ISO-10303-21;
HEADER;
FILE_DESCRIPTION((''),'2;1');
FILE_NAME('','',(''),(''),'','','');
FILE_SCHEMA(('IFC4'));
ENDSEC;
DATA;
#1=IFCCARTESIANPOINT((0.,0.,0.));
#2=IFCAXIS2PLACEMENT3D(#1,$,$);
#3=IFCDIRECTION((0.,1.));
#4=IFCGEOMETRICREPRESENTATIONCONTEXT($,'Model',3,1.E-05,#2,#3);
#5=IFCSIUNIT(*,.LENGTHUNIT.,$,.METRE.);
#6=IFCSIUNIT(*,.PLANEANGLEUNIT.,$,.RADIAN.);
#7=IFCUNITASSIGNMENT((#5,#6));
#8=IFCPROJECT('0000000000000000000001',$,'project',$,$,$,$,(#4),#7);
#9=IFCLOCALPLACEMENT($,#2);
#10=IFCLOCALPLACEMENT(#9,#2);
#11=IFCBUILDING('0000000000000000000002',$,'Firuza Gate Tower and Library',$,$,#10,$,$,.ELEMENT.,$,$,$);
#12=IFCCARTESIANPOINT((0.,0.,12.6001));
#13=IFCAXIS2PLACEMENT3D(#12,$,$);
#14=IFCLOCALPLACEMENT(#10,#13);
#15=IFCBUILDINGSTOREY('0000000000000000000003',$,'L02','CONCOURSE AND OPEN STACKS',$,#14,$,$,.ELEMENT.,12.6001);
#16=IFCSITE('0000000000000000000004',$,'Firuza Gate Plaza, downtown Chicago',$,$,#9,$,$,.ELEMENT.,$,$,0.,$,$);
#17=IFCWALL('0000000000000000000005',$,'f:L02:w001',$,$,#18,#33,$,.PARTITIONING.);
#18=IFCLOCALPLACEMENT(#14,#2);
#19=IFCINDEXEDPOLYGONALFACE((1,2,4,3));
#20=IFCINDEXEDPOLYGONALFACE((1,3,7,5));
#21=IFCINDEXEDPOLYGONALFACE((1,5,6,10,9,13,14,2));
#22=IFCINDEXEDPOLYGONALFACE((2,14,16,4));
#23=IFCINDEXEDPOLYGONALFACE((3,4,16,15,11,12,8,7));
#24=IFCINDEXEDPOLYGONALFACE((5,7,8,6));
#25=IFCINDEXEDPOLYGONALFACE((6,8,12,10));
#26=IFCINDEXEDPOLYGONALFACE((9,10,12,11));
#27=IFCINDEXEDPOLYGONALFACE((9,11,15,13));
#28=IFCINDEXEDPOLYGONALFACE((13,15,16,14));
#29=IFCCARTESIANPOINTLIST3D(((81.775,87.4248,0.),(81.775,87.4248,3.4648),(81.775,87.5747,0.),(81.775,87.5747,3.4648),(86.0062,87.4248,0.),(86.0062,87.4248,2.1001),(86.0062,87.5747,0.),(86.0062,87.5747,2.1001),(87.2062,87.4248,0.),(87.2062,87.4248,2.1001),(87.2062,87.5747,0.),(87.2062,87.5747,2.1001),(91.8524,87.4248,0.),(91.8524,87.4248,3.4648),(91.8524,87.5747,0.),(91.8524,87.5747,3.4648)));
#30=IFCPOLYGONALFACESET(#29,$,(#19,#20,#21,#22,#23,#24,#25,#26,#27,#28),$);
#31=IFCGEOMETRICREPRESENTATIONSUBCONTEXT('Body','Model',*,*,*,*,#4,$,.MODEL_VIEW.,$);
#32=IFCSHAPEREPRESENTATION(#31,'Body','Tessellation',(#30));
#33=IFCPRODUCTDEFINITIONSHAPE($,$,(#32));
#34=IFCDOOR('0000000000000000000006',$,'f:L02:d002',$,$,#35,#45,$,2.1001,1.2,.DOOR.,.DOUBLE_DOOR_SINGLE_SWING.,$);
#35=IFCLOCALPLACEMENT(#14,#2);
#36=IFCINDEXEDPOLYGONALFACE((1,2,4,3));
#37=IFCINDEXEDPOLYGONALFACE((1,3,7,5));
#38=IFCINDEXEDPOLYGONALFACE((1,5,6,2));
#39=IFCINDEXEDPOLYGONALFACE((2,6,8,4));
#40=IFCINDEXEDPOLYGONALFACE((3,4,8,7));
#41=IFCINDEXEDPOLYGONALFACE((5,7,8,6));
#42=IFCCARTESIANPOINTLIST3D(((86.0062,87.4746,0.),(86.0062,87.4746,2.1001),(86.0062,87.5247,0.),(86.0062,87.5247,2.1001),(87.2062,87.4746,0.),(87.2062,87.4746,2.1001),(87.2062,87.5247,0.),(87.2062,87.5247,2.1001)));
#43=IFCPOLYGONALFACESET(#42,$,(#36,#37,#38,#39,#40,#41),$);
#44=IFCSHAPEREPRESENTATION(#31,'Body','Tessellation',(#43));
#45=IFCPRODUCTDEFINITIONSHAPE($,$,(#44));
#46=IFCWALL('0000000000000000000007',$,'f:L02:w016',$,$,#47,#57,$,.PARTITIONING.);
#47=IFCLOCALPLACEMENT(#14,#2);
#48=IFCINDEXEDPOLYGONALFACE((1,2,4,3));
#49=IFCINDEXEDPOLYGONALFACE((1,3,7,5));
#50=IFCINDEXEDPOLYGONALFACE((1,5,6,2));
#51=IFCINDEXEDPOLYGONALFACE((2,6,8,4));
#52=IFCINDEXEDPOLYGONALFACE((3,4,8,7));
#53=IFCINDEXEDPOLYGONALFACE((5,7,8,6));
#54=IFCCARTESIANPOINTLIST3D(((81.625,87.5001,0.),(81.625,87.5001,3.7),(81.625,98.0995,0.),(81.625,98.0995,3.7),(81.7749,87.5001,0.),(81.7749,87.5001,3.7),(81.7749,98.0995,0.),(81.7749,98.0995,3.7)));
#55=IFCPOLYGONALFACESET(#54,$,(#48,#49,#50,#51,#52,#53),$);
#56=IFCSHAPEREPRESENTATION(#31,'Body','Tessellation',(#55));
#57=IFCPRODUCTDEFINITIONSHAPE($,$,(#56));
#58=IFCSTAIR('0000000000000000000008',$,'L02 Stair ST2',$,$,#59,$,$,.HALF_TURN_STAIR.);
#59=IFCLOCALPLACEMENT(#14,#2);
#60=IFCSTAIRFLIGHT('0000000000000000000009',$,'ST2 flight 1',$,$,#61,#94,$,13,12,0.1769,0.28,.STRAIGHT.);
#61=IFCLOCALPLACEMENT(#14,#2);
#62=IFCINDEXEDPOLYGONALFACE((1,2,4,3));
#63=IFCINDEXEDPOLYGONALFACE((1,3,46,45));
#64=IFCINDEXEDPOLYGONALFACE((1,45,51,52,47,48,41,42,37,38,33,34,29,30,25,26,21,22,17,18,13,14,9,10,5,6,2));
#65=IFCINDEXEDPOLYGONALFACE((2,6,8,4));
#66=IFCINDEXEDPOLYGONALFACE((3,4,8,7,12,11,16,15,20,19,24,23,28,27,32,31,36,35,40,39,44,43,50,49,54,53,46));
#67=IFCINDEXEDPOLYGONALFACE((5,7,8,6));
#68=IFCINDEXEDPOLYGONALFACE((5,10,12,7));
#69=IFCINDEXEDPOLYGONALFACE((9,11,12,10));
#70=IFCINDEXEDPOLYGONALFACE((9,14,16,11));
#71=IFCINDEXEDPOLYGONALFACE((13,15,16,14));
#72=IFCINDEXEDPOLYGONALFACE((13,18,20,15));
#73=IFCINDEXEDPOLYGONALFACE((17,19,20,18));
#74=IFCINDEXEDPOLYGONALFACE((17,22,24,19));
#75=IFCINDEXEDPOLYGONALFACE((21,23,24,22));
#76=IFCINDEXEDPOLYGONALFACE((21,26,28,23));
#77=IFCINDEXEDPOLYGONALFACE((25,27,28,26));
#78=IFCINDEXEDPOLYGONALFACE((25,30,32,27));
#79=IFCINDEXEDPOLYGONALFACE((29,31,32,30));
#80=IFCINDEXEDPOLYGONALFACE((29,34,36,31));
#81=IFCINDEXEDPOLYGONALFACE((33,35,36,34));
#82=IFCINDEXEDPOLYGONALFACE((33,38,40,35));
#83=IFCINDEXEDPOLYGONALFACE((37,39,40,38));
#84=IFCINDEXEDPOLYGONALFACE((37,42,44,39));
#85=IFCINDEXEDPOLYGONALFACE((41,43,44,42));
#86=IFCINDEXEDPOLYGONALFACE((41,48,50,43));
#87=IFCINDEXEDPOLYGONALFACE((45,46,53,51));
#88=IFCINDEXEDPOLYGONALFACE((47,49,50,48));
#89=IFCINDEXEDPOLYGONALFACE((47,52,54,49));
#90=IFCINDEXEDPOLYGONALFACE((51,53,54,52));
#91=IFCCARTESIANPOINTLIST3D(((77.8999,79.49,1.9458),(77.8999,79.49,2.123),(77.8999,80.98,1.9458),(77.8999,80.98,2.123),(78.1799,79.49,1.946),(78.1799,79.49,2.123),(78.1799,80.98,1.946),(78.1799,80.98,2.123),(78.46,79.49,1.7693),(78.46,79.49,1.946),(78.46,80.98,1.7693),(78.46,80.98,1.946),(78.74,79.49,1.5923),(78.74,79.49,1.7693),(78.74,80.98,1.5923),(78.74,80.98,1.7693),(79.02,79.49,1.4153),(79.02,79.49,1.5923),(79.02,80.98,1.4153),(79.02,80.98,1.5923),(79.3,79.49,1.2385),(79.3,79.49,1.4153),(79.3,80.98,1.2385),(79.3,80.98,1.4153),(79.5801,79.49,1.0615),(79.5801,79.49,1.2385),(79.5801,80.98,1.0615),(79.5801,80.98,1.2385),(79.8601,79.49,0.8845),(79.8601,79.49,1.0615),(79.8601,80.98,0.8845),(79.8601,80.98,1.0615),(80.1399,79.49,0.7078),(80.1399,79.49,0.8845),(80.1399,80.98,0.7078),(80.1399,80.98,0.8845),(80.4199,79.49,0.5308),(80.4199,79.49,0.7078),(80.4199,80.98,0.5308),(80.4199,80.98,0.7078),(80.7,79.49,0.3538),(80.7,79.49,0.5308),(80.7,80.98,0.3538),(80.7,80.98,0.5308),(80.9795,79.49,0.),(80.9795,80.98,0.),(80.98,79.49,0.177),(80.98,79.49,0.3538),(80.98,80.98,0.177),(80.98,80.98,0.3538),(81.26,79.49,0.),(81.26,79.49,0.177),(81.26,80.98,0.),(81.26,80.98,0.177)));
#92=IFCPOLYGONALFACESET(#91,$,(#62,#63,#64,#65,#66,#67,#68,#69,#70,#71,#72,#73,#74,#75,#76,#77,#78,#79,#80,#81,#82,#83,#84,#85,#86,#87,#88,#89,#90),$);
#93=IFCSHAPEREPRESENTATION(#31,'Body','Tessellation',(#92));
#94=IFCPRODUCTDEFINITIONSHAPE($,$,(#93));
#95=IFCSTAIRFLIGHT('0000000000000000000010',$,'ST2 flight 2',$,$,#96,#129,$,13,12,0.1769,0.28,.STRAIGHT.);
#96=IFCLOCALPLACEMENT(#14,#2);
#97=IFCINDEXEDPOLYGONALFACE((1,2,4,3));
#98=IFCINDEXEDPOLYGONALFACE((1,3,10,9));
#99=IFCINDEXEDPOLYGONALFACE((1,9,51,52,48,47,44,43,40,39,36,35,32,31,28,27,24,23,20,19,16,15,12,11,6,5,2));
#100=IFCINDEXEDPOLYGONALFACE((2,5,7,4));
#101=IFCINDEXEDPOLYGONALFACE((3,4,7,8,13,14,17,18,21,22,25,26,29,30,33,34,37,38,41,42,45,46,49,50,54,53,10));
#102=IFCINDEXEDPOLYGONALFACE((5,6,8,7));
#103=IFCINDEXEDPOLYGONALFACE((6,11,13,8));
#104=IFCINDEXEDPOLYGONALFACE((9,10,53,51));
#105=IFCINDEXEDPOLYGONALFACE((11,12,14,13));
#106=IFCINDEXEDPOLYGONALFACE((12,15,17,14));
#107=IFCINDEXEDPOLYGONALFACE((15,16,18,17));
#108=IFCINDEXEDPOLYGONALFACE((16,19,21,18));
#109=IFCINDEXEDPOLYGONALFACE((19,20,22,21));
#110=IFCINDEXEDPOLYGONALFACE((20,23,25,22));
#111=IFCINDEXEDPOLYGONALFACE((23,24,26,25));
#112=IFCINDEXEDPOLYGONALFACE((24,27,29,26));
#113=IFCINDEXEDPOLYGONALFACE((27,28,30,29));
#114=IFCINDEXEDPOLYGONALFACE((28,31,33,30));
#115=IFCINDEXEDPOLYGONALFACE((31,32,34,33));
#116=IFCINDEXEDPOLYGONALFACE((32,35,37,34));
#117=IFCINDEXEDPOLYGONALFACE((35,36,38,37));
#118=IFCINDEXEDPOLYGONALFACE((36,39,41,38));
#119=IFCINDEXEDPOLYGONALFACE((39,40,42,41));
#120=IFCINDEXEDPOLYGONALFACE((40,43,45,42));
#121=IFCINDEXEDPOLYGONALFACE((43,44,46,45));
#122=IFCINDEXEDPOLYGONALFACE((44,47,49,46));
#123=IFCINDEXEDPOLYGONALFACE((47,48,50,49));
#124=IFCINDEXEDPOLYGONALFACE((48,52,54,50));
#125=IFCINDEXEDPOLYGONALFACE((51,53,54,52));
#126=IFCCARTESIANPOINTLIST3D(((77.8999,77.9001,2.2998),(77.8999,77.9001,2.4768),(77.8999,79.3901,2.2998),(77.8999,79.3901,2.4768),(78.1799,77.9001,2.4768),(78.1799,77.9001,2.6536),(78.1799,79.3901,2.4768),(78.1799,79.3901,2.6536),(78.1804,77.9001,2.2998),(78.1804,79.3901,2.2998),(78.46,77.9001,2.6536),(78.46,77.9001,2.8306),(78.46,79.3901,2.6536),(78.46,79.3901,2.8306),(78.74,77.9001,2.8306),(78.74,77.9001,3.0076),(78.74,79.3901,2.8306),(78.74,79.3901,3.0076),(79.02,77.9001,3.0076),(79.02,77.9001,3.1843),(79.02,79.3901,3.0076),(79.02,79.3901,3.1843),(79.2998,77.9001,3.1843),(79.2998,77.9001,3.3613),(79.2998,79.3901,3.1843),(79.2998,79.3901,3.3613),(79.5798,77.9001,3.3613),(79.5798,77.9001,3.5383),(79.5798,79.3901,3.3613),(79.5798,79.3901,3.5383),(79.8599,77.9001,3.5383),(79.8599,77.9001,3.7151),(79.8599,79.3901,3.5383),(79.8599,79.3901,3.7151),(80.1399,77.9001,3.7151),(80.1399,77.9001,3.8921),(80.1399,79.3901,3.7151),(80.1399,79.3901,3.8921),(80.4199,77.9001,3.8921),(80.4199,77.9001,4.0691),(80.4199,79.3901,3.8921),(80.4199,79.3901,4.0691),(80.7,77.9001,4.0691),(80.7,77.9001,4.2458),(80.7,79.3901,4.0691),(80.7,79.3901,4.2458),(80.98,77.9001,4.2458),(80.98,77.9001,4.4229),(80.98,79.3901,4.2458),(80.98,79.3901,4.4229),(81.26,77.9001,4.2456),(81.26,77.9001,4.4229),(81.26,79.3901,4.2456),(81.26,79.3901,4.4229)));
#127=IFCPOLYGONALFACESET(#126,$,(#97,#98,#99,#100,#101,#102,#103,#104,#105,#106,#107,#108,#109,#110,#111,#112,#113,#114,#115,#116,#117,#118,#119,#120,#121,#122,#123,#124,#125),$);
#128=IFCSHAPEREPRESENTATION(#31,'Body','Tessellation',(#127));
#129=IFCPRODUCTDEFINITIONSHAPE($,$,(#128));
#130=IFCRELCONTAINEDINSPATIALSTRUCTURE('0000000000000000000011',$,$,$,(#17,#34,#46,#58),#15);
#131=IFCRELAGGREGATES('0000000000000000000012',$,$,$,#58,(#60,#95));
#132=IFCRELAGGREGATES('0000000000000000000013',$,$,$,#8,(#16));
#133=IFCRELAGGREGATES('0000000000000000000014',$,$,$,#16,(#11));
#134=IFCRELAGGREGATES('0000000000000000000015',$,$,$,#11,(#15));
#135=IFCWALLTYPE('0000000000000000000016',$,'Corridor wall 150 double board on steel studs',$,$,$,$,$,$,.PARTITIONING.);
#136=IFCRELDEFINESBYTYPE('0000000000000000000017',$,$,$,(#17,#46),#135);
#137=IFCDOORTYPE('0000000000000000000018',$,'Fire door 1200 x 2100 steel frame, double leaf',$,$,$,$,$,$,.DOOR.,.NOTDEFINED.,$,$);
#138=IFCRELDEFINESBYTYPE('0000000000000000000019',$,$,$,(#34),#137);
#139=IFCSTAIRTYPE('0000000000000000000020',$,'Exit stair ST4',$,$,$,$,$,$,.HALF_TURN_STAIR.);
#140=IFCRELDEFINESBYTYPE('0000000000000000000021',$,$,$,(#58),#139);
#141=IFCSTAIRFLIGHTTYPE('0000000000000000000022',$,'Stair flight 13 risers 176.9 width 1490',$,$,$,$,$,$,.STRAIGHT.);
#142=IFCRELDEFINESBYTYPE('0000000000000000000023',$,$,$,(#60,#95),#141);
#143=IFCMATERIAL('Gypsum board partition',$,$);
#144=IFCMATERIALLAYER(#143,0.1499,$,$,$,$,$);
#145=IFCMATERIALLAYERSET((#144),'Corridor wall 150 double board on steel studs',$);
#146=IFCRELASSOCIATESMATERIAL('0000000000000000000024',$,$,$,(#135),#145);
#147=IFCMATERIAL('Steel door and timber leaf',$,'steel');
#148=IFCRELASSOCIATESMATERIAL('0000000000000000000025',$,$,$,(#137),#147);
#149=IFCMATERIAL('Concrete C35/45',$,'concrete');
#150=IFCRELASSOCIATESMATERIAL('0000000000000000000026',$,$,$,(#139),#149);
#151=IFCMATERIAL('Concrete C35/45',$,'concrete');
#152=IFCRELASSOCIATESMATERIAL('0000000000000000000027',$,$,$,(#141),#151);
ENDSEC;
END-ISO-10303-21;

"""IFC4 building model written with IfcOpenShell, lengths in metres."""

from ifc_helpers import new_model, si_unit, direction, frame, frame_2d, origin, place, context, subcontext, project, spatial, polyline, rectangle, outline, extrude, material, layer, layer_set, type_object, element, fill, aggregate, save


model = new_model("IFC4")

# Units and contexts
model_context = context("Model", 3, precision=1e-05, world=origin(), true_north=direction((0.0, 1.0)))
body_context = subcontext(model_context, "Body", "Model", "MODEL_VIEW")
ifc_project = project(units=[si_unit("LENGTHUNIT", "METRE"), si_unit("PLANEANGLEUNIT", "RADIAN")], contexts=[model_context])

# Site, building, storey
site_placement = place(None, origin())
site = spatial("IfcSite", under=ifc_project, at=site_placement, Name="Firuza Gate Plaza, downtown Chicago", CompositionType="ELEMENT", RefElevation=0.0)
building_placement = place(site_placement, origin())
building = spatial("IfcBuilding", under=site, at=building_placement, Name="Firuza Gate Tower and Library", CompositionType="ELEMENT")
storey_placement = place(building_placement, frame((0.0, 0.0, 12.6001)))
storey = spatial("IfcBuildingStorey", under=building, at=storey_placement, Name="L02", Description="CONCOURSE AND OPEN STACKS", CompositionType="ELEMENT", Elevation=12.6001)

# Wall, opening, door
ifc_material_1 = material(Name="Gypsum board partition")
ifc_layer_1 = layer(ifc_material_1, 0.1499)
ifc_layer_set_1 = layer_set([ifc_layer_1], Name="Corridor wall 150 double board on steel studs")
wall_type_1 = type_object("IfcWallType", Name="Corridor wall 150 double board on steel studs", PredefinedType="PARTITIONING", material=ifc_layer_set_1)
wall_1_placement = place(storey_placement, frame((81.7751, 87.4998, 0.0), z_axis=(0.0, 0.0, 1.0), x_axis=(1.0, 0.0, 0.0)))
wall_1 = element("IfcWall", 1, at=wall_1_placement, inside=storey, type_object=wall_type_1, Name="f:L02:w001", PredefinedType="PARTITIONING", context=body_context, shape_type="SweptSolid", body=[
    extrude(rectangle(XDim=10.0774, YDim=0.1499, at=frame_2d((5.0386, 0.0))), origin(), (0.0, 0.0, 1.0), 3.4648),
])
opening_1_placement = place(wall_1_placement, frame((4.231, 0.0, 0.0)))
opening_1 = element("IfcOpeningElement", 2, at=opening_1_placement, cuts=wall_1, PredefinedType="OPENING", context=body_context, shape_type="SweptSolid", body=[
    extrude(rectangle(XDim=1.2, YDim=2.1001, at=frame_2d((0.6001, 1.05))), frame((0.0, 0.085, 0.0), z_axis=(0.0, -1.0, 0.0), x_axis=(1.0, 0.0, 0.0)), (0.0, 0.0, 1.0), 0.1699),
])
ifc_material_2 = material(Name="Steel door and timber leaf", Category="steel")
door_type_1 = type_object("IfcDoorType", Name="Fire door 1200 x 2100 steel frame, double leaf", OperationType="NOTDEFINED", PredefinedType="DOOR", material=ifc_material_2)
door_1_placement = place(opening_1_placement, origin())
door_1 = element("IfcDoor", 3, at=door_1_placement, inside=storey, type_object=door_type_1, Name="f:L02:d002", OperationType="DOUBLE_DOOR_SINGLE_SWING", OverallHeight=2.1001, OverallWidth=1.2, PredefinedType="DOOR", context=body_context, shape_type="SweptSolid", body=[
    extrude(rectangle(XDim=1.2, YDim=2.1001, at=frame_2d((0.6001, 1.05))), frame((0.0, 0.0249, 0.0), z_axis=(0.0, -1.0, 0.0), x_axis=(1.0, 0.0, 0.0)), (0.0, 0.0, 1.0), 0.05),
])
fill(opening_1, door_1)

# Wall
wall_2_placement = place(storey_placement, frame((81.7, 87.5, 0.0), z_axis=(0.0, 0.0, 1.0), x_axis=(0.0, 1.0, 0.0)))
element("IfcWall", 4, at=wall_2_placement, inside=storey, type_object=wall_type_1, Name="f:L02:w016", PredefinedType="PARTITIONING", context=body_context, shape_type="SweptSolid", body=[
    extrude(rectangle(XDim=10.5994, YDim=0.1499, at=frame_2d((5.2998, 0.0))), origin(), (0.0, 0.0, 1.0), 3.7),
])

# Stair, stair flights
ifc_material_3 = material(Name="Concrete C35/45", Category="concrete")
stair_type = type_object("IfcStairType", Name="Exit stair ST4", PredefinedType="HALF_TURN_STAIR", material=ifc_material_3)
stair_placement = place(storey_placement, origin())
stair = element("IfcStair", 5, at=stair_placement, inside=storey, type_object=stair_type, Name="L02 Stair ST2", PredefinedType="HALF_TURN_STAIR")
ifc_material_4 = material(Name="Concrete C35/45", Category="concrete")
stair_flight_type = type_object("IfcStairFlightType", Name="Stair flight 13 risers 176.9 width 1490", PredefinedType="STRAIGHT", material=ifc_material_4)
stair_flight_1_placement = place(storey_placement, frame((81.26, 80.2351, 0.0), z_axis=(0.0, 0.0, 1.0), x_axis=(-1.0, 0.0, 0.0)))
stair_flight_1 = element("IfcStairFlight", 6, at=stair_flight_1_placement, type_object=stair_flight_type, Name="ST2 flight 1", NumberOfRisers=13, NumberOfTreads=12, PredefinedType="STRAIGHT", RiserHeight=0.1769, TreadLength=0.28, context=body_context, shape_type="SweptSolid", body=[
    extrude(outline(polyline([(0.0, 0.0), (0.0, 0.177), (0.28, 0.177), (0.28, 0.3538), (0.5601, 0.3538), (0.5601, 0.5308), (0.8401, 0.5308), (0.8401, 0.7078), (1.1201, 0.7078), (1.1201, 0.8845), (1.3999, 0.8845), (1.3999, 1.0615), (1.6799, 1.0615), (1.6799, 1.2385), (1.96, 1.2385), (1.96, 1.4153), (2.24, 1.4153), (2.24, 1.5923), (2.52, 1.5923), (2.52, 1.7693), (2.8, 1.7693), (2.8, 1.946), (3.0801, 1.946), (3.0801, 2.123), (3.3601, 2.123), (3.3601, 2.3), (3.3601, 1.9458), (0.2805, 0.0), (0.0, 0.0)])), frame((0.0, 0.7451, 0.0), z_axis=(0.0, -1.0, 0.0), x_axis=(1.0, 0.0, 0.0)), (0.0, 0.0, 1.0), 1.49),
])
stair_flight_2_placement = place(storey_placement, frame((77.8999, 78.645, 2.2998), z_axis=(0.0, 0.0, 1.0), x_axis=(1.0, 0.0, 0.0)))
stair_flight_2 = element("IfcStairFlight", 7, at=stair_flight_2_placement, type_object=stair_flight_type, Name="ST2 flight 2", NumberOfRisers=13, NumberOfTreads=12, PredefinedType="STRAIGHT", RiserHeight=0.1769, TreadLength=0.28, context=body_context, shape_type="SweptSolid", body=[
    extrude(outline(polyline([(0.0, 0.0), (0.0, 0.177), (0.28, 0.177), (0.28, 0.3538), (0.5601, 0.3538), (0.5601, 0.5308), (0.8401, 0.5308), (0.8401, 0.7078), (1.1201, 0.7078), (1.1201, 0.8845), (1.3999, 0.8845), (1.3999, 1.0615), (1.6799, 1.0615), (1.6799, 1.2385), (1.96, 1.2385), (1.96, 1.4153), (2.24, 1.4153), (2.24, 1.5923), (2.52, 1.5923), (2.52, 1.7693), (2.8, 1.7693), (2.8, 1.946), (3.0801, 1.946), (3.0801, 2.123), (3.3601, 2.123), (3.3601, 2.3), (3.3601, 1.9458), (0.2805, 0.0), (0.0, 0.0)])), frame((0.0, 0.7451, 0.0), z_axis=(0.0, -1.0, 0.0), x_axis=(1.0, 0.0, 0.0)), (0.0, 0.0, 1.0), 1.49),
])
aggregate(stair, [stair_flight_1, stair_flight_2])

save(model, "model.ifc")
